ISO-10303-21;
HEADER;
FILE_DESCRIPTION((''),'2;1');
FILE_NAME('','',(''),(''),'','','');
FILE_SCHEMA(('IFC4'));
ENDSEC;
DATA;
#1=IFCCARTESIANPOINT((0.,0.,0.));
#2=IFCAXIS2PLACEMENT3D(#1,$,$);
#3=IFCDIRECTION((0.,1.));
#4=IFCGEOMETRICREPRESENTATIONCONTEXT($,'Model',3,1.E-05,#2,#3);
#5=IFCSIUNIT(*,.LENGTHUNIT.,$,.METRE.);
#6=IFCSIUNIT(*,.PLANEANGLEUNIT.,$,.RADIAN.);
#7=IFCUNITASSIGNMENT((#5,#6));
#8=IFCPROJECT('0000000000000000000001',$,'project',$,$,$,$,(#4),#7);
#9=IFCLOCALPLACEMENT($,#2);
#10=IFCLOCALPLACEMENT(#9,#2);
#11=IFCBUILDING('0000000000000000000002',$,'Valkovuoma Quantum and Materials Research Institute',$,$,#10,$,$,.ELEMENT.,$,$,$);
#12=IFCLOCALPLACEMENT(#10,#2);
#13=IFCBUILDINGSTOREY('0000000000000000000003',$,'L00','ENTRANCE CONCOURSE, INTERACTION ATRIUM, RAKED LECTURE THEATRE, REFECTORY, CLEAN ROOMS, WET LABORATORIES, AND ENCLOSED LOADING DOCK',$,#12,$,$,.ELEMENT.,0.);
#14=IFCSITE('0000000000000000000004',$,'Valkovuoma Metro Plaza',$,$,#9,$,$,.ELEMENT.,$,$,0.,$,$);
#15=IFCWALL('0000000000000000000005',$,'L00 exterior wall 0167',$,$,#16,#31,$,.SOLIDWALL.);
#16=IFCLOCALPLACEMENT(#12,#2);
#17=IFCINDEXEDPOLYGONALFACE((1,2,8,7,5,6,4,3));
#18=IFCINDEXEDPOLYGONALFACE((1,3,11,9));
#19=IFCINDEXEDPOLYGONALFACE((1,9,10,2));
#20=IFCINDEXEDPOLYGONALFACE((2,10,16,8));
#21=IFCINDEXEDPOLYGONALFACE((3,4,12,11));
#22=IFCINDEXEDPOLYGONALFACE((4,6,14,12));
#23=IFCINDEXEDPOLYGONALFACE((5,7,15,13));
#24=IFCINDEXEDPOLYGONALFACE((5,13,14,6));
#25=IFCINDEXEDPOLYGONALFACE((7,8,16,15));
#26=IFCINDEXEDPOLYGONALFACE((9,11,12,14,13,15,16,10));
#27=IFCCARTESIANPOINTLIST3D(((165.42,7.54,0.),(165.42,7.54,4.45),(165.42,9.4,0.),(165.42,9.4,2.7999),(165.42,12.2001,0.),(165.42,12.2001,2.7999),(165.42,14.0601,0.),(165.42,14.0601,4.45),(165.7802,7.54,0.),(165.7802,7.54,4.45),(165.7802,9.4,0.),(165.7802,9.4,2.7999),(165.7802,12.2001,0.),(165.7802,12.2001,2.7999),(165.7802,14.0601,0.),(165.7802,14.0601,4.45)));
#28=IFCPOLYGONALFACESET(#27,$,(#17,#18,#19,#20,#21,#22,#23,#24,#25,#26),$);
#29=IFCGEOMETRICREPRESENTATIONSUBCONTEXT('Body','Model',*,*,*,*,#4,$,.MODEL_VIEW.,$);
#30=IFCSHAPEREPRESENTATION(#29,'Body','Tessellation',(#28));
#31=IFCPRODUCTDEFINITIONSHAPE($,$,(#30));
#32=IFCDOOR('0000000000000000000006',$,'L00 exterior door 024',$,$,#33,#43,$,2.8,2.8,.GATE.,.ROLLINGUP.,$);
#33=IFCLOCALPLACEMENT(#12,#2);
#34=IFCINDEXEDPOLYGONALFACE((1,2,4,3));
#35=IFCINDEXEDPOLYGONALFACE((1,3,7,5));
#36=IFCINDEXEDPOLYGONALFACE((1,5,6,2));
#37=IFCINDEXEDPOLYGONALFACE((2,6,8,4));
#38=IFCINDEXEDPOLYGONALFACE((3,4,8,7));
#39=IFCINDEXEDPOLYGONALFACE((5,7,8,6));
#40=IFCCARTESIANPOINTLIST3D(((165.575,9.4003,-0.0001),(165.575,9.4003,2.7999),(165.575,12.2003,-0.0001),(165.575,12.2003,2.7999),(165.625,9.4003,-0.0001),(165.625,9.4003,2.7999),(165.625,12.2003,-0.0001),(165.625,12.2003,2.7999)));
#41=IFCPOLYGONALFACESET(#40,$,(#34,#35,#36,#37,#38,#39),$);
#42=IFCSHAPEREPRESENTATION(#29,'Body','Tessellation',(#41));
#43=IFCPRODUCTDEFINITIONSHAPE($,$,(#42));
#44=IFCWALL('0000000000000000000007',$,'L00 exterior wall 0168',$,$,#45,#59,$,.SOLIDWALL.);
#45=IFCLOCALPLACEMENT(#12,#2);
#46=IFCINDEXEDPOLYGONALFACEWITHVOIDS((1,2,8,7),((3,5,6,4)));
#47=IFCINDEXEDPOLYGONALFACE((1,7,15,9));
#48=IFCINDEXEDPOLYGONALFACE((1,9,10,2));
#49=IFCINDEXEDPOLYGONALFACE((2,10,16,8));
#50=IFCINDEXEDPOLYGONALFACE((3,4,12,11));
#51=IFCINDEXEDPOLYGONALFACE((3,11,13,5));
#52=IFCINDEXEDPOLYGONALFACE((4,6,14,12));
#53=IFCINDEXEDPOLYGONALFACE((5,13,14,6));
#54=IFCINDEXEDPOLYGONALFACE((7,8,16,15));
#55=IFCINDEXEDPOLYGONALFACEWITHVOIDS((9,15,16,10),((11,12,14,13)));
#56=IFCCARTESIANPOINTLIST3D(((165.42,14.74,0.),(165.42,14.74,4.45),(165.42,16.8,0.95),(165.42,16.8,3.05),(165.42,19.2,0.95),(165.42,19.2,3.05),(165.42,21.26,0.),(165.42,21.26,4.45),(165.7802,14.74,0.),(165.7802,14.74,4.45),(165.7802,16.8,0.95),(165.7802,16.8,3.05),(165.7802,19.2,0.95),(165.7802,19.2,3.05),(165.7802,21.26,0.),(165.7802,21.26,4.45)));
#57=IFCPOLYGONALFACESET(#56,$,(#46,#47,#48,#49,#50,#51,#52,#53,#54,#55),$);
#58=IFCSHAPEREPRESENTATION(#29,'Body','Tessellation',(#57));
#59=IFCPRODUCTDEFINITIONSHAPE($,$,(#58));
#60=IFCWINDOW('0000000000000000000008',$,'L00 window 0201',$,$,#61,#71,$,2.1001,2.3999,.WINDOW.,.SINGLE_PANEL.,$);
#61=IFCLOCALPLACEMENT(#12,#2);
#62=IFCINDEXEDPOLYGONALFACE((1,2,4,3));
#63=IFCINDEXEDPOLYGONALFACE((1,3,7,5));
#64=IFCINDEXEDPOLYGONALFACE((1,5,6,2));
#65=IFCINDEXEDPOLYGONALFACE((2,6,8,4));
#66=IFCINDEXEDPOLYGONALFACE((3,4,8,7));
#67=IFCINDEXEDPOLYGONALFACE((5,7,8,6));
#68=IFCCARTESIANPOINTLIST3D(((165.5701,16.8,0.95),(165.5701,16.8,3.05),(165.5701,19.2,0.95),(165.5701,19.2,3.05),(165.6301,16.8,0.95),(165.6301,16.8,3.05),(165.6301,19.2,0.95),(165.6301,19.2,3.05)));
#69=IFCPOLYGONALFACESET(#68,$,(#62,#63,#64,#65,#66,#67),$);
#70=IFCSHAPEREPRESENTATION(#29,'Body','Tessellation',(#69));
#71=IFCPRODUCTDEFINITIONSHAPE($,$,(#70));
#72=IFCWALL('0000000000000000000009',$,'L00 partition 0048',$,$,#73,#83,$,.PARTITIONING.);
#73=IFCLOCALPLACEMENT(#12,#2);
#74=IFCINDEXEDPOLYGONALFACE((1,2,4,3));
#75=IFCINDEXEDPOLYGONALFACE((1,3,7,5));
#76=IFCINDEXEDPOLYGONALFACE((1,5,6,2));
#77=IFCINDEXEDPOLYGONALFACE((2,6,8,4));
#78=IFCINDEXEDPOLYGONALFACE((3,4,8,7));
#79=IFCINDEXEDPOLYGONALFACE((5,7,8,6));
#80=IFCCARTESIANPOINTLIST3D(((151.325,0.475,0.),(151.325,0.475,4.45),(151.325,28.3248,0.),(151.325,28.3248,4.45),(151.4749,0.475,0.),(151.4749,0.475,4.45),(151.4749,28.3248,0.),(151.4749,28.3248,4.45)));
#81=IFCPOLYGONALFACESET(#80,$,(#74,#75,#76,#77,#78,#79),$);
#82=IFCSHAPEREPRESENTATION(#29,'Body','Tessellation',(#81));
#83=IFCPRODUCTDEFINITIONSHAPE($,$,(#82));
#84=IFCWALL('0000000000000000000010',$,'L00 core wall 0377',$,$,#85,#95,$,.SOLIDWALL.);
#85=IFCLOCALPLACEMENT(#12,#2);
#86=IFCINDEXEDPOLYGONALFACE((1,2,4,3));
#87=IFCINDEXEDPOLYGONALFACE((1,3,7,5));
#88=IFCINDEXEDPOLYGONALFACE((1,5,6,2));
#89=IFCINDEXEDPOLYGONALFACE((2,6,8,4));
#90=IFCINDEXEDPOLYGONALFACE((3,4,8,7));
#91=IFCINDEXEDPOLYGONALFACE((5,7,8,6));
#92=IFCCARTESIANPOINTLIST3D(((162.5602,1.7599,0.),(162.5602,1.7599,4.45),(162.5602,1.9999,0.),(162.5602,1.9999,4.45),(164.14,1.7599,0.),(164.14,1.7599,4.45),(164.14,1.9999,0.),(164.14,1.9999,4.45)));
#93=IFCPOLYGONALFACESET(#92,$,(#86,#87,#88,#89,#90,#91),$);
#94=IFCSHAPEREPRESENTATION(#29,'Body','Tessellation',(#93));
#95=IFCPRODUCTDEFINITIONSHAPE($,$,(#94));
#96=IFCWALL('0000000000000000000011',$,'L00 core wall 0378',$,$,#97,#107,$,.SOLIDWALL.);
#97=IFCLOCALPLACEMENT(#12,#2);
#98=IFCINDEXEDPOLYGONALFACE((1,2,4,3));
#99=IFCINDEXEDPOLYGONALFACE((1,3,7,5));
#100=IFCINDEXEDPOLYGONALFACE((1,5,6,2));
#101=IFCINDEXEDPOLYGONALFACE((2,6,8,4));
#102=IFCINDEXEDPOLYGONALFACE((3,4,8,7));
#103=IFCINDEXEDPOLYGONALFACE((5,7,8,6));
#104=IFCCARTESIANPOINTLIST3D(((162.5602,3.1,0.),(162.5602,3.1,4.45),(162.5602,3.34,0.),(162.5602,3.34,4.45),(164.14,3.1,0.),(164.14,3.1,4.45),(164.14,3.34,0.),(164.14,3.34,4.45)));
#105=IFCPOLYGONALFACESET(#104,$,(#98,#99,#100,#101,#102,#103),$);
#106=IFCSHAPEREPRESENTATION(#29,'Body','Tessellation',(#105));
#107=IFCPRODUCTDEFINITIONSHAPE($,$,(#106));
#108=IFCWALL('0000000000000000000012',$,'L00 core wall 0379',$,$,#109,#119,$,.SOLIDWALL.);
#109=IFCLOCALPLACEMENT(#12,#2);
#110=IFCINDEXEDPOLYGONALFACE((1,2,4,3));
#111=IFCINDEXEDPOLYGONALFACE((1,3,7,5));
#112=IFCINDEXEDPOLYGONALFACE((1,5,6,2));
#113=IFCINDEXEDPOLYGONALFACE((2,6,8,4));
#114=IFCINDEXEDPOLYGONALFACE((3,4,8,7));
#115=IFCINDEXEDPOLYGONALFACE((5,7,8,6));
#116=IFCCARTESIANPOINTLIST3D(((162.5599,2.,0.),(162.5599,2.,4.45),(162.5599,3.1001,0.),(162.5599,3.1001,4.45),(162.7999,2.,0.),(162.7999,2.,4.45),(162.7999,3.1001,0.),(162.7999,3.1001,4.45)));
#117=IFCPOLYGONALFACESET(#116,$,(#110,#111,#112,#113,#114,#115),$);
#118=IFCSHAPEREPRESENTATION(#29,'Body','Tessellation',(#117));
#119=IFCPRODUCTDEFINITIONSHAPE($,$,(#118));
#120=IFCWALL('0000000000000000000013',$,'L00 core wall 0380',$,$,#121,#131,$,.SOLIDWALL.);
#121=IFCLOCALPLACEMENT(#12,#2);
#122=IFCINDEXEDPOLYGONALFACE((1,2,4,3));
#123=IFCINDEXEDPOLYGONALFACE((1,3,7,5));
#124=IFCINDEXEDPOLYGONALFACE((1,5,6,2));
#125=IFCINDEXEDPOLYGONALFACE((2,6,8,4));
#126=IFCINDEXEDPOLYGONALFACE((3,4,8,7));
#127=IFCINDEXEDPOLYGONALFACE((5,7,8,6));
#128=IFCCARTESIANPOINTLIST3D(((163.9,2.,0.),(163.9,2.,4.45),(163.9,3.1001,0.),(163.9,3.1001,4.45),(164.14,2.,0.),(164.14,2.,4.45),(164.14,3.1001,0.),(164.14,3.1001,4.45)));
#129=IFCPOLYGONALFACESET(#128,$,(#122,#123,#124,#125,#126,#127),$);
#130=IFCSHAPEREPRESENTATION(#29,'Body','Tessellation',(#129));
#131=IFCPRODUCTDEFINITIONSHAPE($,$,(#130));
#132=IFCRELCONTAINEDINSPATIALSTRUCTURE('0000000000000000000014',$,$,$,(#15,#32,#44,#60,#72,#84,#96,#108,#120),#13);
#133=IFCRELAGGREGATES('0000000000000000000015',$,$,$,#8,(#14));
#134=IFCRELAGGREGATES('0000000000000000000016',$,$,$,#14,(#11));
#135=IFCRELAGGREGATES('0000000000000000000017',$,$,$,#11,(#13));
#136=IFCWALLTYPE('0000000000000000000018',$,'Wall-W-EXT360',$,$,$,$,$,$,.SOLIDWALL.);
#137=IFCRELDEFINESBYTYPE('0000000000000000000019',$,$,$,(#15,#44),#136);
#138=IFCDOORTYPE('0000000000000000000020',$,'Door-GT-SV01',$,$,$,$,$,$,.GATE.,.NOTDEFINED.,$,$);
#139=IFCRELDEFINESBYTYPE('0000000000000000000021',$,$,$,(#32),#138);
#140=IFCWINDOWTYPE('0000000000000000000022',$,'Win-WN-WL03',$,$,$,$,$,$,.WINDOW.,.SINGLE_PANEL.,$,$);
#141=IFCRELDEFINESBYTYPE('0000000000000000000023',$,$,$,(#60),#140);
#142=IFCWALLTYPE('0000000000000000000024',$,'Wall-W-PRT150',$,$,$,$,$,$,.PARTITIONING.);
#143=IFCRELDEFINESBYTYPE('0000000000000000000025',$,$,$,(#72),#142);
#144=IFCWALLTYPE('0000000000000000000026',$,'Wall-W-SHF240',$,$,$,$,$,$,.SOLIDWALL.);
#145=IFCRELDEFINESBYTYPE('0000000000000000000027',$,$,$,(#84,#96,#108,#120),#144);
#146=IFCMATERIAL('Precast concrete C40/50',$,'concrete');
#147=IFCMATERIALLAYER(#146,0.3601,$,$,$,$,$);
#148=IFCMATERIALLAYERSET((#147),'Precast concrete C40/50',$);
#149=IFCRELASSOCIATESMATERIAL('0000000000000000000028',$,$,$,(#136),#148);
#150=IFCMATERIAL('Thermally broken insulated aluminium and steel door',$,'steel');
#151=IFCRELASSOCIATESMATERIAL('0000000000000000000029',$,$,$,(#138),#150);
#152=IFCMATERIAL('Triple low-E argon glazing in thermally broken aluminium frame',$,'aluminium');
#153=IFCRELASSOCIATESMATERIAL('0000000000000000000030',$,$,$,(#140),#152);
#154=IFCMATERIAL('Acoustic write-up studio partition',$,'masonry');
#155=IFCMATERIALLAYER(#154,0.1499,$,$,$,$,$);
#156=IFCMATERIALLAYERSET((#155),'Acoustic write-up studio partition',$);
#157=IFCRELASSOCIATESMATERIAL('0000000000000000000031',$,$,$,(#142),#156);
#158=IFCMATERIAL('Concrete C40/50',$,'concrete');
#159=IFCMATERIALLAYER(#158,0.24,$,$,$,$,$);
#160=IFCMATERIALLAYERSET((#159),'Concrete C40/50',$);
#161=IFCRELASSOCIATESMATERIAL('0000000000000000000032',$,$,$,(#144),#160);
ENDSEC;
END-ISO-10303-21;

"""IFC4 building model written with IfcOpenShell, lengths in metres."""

from ifc_helpers import new_model, si_unit, direction, frame, frame_2d, origin, place, context, subcontext, project, spatial, rectangle, extrude, material, layer, layer_set, type_object, element, fill, save


model = new_model("IFC4")

# Units and contexts
model_context = context("Model", 3, precision=1e-05, world=origin(), true_north=direction((0.0, 1.0)))
body_context = subcontext(model_context, "Body", "Model", "MODEL_VIEW")
ifc_project = project(units=[si_unit("LENGTHUNIT", "METRE"), si_unit("PLANEANGLEUNIT", "RADIAN")], contexts=[model_context])

# Site, building, storey
site_placement = place(None, origin())
site = spatial("IfcSite", under=ifc_project, at=site_placement, Name="Valkovuoma Metro Plaza", CompositionType="ELEMENT", RefElevation=0.0)
building_placement = place(site_placement, origin())
building = spatial("IfcBuilding", under=site, at=building_placement, Name="Valkovuoma Quantum and Materials Research Institute", CompositionType="ELEMENT")
storey_placement = place(building_placement, origin())
storey = spatial("IfcBuildingStorey", under=building, at=storey_placement, Name="L00", Description="ENTRANCE CONCOURSE, INTERACTION ATRIUM, RAKED LECTURE THEATRE, REFECTORY, CLEAN ROOMS, WET LABORATORIES, AND ENCLOSED LOADING DOCK", CompositionType="ELEMENT", Elevation=0.0)

# Shared definitions
ifc_material_1 = material(Name="Precast concrete C40/50", Category="concrete")
ifc_layer_1 = layer(ifc_material_1, 0.3601)
ifc_layer_set_1 = layer_set([ifc_layer_1], Name="Precast concrete C40/50")
wall_type_1 = type_object("IfcWallType", Name="Wall-W-EXT360", PredefinedType="SOLIDWALL", material=ifc_layer_set_1)

# Wall, opening, door
wall_1_placement = place(storey_placement, frame((165.6001, 7.54, 0.0), z_axis=(0.0, 0.0, 1.0), x_axis=(0.0, 1.0, 0.0)))
wall_1 = element("IfcWall", 1, at=wall_1_placement, inside=storey, type_object=wall_type_1, Name="L00 exterior wall 0167", PredefinedType="SOLIDWALL", context=body_context, shape_type="SweptSolid", body=[
    extrude(rectangle(XDim=6.52, YDim=0.3601, at=frame_2d((3.26, 0.0))), origin(), (0.0, 0.0, 1.0), 4.45),
])
opening_1_placement = place(wall_1_placement, frame((1.8601, 0.0, 0.0)))
opening_1 = element("IfcOpeningElement", 2, at=opening_1_placement, cuts=wall_1, PredefinedType="OPENING", context=body_context, shape_type="SweptSolid", body=[
    extrude(rectangle(XDim=2.8, YDim=2.8, at=frame_2d((1.3999, 1.3999))), frame((0.0, 0.1899, 0.0), z_axis=(0.0, -1.0, 0.0), x_axis=(1.0, 0.0, 0.0)), (0.0, 0.0, 1.0), 0.3801),
])
ifc_material_2 = material(Name="Thermally broken insulated aluminium and steel door", Category="steel")
door_type_1 = type_object("IfcDoorType", Name="Door-GT-SV01", OperationType="NOTDEFINED", PredefinedType="GATE", material=ifc_material_2)
door_1_placement = place(opening_1_placement, frame((2.8, 0.0, 0.0), z_axis=(0.0, 0.0, 1.0), x_axis=(-1.0, 0.0, 0.0)))
door_1 = element("IfcDoor", 3, at=door_1_placement, inside=storey, type_object=door_type_1, Name="L00 exterior door 024", OperationType="ROLLINGUP", OverallHeight=2.8, OverallWidth=2.8, PredefinedType="GATE", context=body_context, shape_type="SweptSolid", body=[
    extrude(rectangle(XDim=2.8, YDim=2.8, at=frame_2d((1.3999, 1.3999))), frame((0.0, 0.0249, 0.0), z_axis=(0.0, -1.0, 0.0), x_axis=(1.0, 0.0, 0.0)), (0.0, 0.0, 1.0), 0.05),
])
fill(opening_1, door_1)

# Wall, opening, window
wall_2_placement = place(storey_placement, frame((165.6001, 14.74, 0.0), z_axis=(0.0, 0.0, 1.0), x_axis=(0.0, 1.0, 0.0)))
wall_2 = element("IfcWall", 4, at=wall_2_placement, inside=storey, type_object=wall_type_1, Name="L00 exterior wall 0168", PredefinedType="SOLIDWALL", context=body_context, shape_type="SweptSolid", body=[
    extrude(rectangle(XDim=6.52, YDim=0.3601, at=frame_2d((3.26, 0.0))), origin(), (0.0, 0.0, 1.0), 4.45),
])
opening_2_placement = place(wall_2_placement, frame((2.0601, 0.0, 0.95)))
opening_2 = element("IfcOpeningElement", 5, at=opening_2_placement, cuts=wall_2, PredefinedType="OPENING", context=body_context, shape_type="SweptSolid", body=[
    extrude(rectangle(XDim=2.3999, YDim=2.1001, at=frame_2d((1.2, 1.05))), frame((0.0, 0.1899, 0.0), z_axis=(0.0, -1.0, 0.0), x_axis=(1.0, 0.0, 0.0)), (0.0, 0.0, 1.0), 0.3801),
])
ifc_material_3 = material(Name="Triple low-E argon glazing in thermally broken aluminium frame", Category="aluminium")
window_type_1 = type_object("IfcWindowType", Name="Win-WN-WL03", PartitioningType="SINGLE_PANEL", PredefinedType="WINDOW", material=ifc_material_3)
window_1_placement = place(opening_2_placement, origin())
window_1 = element("IfcWindow", 6, at=window_1_placement, inside=storey, type_object=window_type_1, Name="L00 window 0201", OverallHeight=2.1001, OverallWidth=2.3999, PartitioningType="SINGLE_PANEL", PredefinedType="WINDOW", context=body_context, shape_type="SweptSolid", body=[
    extrude(rectangle(XDim=2.3999, YDim=2.1001, at=frame_2d((1.2, 1.05))), frame((0.0, 0.03, 0.0), z_axis=(0.0, -1.0, 0.0), x_axis=(1.0, 0.0, 0.0)), (0.0, 0.0, 1.0), 0.0601),
])
fill(opening_2, window_1)

# Walls
ifc_material_4 = material(Name="Acoustic write-up studio partition", Category="masonry")
ifc_layer_2 = layer(ifc_material_4, 0.1499)
ifc_layer_set_2 = layer_set([ifc_layer_2], Name="Acoustic write-up studio partition")
wall_type_2 = type_object("IfcWallType", Name="Wall-W-PRT150", PredefinedType="PARTITIONING", material=ifc_layer_set_2)
wall_3_placement = place(storey_placement, frame((151.3999, 0.4751, 0.0), z_axis=(0.0, 0.0, 1.0), x_axis=(0.0, 1.0, 0.0)))
element("IfcWall", 7, at=wall_3_placement, inside=storey, type_object=wall_type_2, Name="L00 partition 0048", PredefinedType="PARTITIONING", context=body_context, shape_type="SweptSolid", body=[
    extrude(rectangle(XDim=27.8499, YDim=0.1499, at=frame_2d((13.9248, 0.0))), origin(), (0.0, 0.0, 1.0), 4.45),
])
ifc_material_5 = material(Name="Concrete C40/50", Category="concrete")
ifc_layer_3 = layer(ifc_material_5, 0.24)
ifc_layer_set_3 = layer_set([ifc_layer_3], Name="Concrete C40/50")
wall_type_3 = type_object("IfcWallType", Name="Wall-W-SHF240", PredefinedType="SOLIDWALL", material=ifc_layer_set_3)
for number, where, z_axis, x_axis, name in (
    (8, (162.5601, 1.8799, 0.0), (0.0, 0.0, 1.0), (1.0, 0.0, 0.0), "L00 core wall 0377"),
    (9, (162.5601, 3.22, 0.0), (0.0, 0.0, 1.0), (1.0, 0.0, 0.0), "L00 core wall 0378"),
):
    element("IfcWall", number, at=place(storey_placement, frame(where, z_axis=z_axis, x_axis=x_axis)), inside=storey, type_object=wall_type_3, Name=name, PredefinedType="SOLIDWALL", context=body_context, shape_type="SweptSolid", body=[
        extrude(rectangle(XDim=1.5798, YDim=0.24, at=frame_2d((0.79, 0.0))), origin(), (0.0, 0.0, 1.0), 4.45),
    ])
for number, where, z_axis, x_axis, name in (
    (10, (162.6799, 2.0, 0.0), (0.0, 0.0, 1.0), (0.0, 1.0, 0.0), "L00 core wall 0379"),
    (11, (164.02, 2.0, 0.0), (0.0, 0.0, 1.0), (0.0, 1.0, 0.0), "L00 core wall 0380"),
):
    element("IfcWall", number, at=place(storey_placement, frame(where, z_axis=z_axis, x_axis=x_axis)), inside=storey, type_object=wall_type_3, Name=name, PredefinedType="SOLIDWALL", context=body_context, shape_type="SweptSolid", body=[
        extrude(rectangle(XDim=1.1001, YDim=0.24, at=frame_2d((0.55, 0.0))), origin(), (0.0, 0.0, 1.0), 4.45),
    ])

save(model, "model.ifc")
